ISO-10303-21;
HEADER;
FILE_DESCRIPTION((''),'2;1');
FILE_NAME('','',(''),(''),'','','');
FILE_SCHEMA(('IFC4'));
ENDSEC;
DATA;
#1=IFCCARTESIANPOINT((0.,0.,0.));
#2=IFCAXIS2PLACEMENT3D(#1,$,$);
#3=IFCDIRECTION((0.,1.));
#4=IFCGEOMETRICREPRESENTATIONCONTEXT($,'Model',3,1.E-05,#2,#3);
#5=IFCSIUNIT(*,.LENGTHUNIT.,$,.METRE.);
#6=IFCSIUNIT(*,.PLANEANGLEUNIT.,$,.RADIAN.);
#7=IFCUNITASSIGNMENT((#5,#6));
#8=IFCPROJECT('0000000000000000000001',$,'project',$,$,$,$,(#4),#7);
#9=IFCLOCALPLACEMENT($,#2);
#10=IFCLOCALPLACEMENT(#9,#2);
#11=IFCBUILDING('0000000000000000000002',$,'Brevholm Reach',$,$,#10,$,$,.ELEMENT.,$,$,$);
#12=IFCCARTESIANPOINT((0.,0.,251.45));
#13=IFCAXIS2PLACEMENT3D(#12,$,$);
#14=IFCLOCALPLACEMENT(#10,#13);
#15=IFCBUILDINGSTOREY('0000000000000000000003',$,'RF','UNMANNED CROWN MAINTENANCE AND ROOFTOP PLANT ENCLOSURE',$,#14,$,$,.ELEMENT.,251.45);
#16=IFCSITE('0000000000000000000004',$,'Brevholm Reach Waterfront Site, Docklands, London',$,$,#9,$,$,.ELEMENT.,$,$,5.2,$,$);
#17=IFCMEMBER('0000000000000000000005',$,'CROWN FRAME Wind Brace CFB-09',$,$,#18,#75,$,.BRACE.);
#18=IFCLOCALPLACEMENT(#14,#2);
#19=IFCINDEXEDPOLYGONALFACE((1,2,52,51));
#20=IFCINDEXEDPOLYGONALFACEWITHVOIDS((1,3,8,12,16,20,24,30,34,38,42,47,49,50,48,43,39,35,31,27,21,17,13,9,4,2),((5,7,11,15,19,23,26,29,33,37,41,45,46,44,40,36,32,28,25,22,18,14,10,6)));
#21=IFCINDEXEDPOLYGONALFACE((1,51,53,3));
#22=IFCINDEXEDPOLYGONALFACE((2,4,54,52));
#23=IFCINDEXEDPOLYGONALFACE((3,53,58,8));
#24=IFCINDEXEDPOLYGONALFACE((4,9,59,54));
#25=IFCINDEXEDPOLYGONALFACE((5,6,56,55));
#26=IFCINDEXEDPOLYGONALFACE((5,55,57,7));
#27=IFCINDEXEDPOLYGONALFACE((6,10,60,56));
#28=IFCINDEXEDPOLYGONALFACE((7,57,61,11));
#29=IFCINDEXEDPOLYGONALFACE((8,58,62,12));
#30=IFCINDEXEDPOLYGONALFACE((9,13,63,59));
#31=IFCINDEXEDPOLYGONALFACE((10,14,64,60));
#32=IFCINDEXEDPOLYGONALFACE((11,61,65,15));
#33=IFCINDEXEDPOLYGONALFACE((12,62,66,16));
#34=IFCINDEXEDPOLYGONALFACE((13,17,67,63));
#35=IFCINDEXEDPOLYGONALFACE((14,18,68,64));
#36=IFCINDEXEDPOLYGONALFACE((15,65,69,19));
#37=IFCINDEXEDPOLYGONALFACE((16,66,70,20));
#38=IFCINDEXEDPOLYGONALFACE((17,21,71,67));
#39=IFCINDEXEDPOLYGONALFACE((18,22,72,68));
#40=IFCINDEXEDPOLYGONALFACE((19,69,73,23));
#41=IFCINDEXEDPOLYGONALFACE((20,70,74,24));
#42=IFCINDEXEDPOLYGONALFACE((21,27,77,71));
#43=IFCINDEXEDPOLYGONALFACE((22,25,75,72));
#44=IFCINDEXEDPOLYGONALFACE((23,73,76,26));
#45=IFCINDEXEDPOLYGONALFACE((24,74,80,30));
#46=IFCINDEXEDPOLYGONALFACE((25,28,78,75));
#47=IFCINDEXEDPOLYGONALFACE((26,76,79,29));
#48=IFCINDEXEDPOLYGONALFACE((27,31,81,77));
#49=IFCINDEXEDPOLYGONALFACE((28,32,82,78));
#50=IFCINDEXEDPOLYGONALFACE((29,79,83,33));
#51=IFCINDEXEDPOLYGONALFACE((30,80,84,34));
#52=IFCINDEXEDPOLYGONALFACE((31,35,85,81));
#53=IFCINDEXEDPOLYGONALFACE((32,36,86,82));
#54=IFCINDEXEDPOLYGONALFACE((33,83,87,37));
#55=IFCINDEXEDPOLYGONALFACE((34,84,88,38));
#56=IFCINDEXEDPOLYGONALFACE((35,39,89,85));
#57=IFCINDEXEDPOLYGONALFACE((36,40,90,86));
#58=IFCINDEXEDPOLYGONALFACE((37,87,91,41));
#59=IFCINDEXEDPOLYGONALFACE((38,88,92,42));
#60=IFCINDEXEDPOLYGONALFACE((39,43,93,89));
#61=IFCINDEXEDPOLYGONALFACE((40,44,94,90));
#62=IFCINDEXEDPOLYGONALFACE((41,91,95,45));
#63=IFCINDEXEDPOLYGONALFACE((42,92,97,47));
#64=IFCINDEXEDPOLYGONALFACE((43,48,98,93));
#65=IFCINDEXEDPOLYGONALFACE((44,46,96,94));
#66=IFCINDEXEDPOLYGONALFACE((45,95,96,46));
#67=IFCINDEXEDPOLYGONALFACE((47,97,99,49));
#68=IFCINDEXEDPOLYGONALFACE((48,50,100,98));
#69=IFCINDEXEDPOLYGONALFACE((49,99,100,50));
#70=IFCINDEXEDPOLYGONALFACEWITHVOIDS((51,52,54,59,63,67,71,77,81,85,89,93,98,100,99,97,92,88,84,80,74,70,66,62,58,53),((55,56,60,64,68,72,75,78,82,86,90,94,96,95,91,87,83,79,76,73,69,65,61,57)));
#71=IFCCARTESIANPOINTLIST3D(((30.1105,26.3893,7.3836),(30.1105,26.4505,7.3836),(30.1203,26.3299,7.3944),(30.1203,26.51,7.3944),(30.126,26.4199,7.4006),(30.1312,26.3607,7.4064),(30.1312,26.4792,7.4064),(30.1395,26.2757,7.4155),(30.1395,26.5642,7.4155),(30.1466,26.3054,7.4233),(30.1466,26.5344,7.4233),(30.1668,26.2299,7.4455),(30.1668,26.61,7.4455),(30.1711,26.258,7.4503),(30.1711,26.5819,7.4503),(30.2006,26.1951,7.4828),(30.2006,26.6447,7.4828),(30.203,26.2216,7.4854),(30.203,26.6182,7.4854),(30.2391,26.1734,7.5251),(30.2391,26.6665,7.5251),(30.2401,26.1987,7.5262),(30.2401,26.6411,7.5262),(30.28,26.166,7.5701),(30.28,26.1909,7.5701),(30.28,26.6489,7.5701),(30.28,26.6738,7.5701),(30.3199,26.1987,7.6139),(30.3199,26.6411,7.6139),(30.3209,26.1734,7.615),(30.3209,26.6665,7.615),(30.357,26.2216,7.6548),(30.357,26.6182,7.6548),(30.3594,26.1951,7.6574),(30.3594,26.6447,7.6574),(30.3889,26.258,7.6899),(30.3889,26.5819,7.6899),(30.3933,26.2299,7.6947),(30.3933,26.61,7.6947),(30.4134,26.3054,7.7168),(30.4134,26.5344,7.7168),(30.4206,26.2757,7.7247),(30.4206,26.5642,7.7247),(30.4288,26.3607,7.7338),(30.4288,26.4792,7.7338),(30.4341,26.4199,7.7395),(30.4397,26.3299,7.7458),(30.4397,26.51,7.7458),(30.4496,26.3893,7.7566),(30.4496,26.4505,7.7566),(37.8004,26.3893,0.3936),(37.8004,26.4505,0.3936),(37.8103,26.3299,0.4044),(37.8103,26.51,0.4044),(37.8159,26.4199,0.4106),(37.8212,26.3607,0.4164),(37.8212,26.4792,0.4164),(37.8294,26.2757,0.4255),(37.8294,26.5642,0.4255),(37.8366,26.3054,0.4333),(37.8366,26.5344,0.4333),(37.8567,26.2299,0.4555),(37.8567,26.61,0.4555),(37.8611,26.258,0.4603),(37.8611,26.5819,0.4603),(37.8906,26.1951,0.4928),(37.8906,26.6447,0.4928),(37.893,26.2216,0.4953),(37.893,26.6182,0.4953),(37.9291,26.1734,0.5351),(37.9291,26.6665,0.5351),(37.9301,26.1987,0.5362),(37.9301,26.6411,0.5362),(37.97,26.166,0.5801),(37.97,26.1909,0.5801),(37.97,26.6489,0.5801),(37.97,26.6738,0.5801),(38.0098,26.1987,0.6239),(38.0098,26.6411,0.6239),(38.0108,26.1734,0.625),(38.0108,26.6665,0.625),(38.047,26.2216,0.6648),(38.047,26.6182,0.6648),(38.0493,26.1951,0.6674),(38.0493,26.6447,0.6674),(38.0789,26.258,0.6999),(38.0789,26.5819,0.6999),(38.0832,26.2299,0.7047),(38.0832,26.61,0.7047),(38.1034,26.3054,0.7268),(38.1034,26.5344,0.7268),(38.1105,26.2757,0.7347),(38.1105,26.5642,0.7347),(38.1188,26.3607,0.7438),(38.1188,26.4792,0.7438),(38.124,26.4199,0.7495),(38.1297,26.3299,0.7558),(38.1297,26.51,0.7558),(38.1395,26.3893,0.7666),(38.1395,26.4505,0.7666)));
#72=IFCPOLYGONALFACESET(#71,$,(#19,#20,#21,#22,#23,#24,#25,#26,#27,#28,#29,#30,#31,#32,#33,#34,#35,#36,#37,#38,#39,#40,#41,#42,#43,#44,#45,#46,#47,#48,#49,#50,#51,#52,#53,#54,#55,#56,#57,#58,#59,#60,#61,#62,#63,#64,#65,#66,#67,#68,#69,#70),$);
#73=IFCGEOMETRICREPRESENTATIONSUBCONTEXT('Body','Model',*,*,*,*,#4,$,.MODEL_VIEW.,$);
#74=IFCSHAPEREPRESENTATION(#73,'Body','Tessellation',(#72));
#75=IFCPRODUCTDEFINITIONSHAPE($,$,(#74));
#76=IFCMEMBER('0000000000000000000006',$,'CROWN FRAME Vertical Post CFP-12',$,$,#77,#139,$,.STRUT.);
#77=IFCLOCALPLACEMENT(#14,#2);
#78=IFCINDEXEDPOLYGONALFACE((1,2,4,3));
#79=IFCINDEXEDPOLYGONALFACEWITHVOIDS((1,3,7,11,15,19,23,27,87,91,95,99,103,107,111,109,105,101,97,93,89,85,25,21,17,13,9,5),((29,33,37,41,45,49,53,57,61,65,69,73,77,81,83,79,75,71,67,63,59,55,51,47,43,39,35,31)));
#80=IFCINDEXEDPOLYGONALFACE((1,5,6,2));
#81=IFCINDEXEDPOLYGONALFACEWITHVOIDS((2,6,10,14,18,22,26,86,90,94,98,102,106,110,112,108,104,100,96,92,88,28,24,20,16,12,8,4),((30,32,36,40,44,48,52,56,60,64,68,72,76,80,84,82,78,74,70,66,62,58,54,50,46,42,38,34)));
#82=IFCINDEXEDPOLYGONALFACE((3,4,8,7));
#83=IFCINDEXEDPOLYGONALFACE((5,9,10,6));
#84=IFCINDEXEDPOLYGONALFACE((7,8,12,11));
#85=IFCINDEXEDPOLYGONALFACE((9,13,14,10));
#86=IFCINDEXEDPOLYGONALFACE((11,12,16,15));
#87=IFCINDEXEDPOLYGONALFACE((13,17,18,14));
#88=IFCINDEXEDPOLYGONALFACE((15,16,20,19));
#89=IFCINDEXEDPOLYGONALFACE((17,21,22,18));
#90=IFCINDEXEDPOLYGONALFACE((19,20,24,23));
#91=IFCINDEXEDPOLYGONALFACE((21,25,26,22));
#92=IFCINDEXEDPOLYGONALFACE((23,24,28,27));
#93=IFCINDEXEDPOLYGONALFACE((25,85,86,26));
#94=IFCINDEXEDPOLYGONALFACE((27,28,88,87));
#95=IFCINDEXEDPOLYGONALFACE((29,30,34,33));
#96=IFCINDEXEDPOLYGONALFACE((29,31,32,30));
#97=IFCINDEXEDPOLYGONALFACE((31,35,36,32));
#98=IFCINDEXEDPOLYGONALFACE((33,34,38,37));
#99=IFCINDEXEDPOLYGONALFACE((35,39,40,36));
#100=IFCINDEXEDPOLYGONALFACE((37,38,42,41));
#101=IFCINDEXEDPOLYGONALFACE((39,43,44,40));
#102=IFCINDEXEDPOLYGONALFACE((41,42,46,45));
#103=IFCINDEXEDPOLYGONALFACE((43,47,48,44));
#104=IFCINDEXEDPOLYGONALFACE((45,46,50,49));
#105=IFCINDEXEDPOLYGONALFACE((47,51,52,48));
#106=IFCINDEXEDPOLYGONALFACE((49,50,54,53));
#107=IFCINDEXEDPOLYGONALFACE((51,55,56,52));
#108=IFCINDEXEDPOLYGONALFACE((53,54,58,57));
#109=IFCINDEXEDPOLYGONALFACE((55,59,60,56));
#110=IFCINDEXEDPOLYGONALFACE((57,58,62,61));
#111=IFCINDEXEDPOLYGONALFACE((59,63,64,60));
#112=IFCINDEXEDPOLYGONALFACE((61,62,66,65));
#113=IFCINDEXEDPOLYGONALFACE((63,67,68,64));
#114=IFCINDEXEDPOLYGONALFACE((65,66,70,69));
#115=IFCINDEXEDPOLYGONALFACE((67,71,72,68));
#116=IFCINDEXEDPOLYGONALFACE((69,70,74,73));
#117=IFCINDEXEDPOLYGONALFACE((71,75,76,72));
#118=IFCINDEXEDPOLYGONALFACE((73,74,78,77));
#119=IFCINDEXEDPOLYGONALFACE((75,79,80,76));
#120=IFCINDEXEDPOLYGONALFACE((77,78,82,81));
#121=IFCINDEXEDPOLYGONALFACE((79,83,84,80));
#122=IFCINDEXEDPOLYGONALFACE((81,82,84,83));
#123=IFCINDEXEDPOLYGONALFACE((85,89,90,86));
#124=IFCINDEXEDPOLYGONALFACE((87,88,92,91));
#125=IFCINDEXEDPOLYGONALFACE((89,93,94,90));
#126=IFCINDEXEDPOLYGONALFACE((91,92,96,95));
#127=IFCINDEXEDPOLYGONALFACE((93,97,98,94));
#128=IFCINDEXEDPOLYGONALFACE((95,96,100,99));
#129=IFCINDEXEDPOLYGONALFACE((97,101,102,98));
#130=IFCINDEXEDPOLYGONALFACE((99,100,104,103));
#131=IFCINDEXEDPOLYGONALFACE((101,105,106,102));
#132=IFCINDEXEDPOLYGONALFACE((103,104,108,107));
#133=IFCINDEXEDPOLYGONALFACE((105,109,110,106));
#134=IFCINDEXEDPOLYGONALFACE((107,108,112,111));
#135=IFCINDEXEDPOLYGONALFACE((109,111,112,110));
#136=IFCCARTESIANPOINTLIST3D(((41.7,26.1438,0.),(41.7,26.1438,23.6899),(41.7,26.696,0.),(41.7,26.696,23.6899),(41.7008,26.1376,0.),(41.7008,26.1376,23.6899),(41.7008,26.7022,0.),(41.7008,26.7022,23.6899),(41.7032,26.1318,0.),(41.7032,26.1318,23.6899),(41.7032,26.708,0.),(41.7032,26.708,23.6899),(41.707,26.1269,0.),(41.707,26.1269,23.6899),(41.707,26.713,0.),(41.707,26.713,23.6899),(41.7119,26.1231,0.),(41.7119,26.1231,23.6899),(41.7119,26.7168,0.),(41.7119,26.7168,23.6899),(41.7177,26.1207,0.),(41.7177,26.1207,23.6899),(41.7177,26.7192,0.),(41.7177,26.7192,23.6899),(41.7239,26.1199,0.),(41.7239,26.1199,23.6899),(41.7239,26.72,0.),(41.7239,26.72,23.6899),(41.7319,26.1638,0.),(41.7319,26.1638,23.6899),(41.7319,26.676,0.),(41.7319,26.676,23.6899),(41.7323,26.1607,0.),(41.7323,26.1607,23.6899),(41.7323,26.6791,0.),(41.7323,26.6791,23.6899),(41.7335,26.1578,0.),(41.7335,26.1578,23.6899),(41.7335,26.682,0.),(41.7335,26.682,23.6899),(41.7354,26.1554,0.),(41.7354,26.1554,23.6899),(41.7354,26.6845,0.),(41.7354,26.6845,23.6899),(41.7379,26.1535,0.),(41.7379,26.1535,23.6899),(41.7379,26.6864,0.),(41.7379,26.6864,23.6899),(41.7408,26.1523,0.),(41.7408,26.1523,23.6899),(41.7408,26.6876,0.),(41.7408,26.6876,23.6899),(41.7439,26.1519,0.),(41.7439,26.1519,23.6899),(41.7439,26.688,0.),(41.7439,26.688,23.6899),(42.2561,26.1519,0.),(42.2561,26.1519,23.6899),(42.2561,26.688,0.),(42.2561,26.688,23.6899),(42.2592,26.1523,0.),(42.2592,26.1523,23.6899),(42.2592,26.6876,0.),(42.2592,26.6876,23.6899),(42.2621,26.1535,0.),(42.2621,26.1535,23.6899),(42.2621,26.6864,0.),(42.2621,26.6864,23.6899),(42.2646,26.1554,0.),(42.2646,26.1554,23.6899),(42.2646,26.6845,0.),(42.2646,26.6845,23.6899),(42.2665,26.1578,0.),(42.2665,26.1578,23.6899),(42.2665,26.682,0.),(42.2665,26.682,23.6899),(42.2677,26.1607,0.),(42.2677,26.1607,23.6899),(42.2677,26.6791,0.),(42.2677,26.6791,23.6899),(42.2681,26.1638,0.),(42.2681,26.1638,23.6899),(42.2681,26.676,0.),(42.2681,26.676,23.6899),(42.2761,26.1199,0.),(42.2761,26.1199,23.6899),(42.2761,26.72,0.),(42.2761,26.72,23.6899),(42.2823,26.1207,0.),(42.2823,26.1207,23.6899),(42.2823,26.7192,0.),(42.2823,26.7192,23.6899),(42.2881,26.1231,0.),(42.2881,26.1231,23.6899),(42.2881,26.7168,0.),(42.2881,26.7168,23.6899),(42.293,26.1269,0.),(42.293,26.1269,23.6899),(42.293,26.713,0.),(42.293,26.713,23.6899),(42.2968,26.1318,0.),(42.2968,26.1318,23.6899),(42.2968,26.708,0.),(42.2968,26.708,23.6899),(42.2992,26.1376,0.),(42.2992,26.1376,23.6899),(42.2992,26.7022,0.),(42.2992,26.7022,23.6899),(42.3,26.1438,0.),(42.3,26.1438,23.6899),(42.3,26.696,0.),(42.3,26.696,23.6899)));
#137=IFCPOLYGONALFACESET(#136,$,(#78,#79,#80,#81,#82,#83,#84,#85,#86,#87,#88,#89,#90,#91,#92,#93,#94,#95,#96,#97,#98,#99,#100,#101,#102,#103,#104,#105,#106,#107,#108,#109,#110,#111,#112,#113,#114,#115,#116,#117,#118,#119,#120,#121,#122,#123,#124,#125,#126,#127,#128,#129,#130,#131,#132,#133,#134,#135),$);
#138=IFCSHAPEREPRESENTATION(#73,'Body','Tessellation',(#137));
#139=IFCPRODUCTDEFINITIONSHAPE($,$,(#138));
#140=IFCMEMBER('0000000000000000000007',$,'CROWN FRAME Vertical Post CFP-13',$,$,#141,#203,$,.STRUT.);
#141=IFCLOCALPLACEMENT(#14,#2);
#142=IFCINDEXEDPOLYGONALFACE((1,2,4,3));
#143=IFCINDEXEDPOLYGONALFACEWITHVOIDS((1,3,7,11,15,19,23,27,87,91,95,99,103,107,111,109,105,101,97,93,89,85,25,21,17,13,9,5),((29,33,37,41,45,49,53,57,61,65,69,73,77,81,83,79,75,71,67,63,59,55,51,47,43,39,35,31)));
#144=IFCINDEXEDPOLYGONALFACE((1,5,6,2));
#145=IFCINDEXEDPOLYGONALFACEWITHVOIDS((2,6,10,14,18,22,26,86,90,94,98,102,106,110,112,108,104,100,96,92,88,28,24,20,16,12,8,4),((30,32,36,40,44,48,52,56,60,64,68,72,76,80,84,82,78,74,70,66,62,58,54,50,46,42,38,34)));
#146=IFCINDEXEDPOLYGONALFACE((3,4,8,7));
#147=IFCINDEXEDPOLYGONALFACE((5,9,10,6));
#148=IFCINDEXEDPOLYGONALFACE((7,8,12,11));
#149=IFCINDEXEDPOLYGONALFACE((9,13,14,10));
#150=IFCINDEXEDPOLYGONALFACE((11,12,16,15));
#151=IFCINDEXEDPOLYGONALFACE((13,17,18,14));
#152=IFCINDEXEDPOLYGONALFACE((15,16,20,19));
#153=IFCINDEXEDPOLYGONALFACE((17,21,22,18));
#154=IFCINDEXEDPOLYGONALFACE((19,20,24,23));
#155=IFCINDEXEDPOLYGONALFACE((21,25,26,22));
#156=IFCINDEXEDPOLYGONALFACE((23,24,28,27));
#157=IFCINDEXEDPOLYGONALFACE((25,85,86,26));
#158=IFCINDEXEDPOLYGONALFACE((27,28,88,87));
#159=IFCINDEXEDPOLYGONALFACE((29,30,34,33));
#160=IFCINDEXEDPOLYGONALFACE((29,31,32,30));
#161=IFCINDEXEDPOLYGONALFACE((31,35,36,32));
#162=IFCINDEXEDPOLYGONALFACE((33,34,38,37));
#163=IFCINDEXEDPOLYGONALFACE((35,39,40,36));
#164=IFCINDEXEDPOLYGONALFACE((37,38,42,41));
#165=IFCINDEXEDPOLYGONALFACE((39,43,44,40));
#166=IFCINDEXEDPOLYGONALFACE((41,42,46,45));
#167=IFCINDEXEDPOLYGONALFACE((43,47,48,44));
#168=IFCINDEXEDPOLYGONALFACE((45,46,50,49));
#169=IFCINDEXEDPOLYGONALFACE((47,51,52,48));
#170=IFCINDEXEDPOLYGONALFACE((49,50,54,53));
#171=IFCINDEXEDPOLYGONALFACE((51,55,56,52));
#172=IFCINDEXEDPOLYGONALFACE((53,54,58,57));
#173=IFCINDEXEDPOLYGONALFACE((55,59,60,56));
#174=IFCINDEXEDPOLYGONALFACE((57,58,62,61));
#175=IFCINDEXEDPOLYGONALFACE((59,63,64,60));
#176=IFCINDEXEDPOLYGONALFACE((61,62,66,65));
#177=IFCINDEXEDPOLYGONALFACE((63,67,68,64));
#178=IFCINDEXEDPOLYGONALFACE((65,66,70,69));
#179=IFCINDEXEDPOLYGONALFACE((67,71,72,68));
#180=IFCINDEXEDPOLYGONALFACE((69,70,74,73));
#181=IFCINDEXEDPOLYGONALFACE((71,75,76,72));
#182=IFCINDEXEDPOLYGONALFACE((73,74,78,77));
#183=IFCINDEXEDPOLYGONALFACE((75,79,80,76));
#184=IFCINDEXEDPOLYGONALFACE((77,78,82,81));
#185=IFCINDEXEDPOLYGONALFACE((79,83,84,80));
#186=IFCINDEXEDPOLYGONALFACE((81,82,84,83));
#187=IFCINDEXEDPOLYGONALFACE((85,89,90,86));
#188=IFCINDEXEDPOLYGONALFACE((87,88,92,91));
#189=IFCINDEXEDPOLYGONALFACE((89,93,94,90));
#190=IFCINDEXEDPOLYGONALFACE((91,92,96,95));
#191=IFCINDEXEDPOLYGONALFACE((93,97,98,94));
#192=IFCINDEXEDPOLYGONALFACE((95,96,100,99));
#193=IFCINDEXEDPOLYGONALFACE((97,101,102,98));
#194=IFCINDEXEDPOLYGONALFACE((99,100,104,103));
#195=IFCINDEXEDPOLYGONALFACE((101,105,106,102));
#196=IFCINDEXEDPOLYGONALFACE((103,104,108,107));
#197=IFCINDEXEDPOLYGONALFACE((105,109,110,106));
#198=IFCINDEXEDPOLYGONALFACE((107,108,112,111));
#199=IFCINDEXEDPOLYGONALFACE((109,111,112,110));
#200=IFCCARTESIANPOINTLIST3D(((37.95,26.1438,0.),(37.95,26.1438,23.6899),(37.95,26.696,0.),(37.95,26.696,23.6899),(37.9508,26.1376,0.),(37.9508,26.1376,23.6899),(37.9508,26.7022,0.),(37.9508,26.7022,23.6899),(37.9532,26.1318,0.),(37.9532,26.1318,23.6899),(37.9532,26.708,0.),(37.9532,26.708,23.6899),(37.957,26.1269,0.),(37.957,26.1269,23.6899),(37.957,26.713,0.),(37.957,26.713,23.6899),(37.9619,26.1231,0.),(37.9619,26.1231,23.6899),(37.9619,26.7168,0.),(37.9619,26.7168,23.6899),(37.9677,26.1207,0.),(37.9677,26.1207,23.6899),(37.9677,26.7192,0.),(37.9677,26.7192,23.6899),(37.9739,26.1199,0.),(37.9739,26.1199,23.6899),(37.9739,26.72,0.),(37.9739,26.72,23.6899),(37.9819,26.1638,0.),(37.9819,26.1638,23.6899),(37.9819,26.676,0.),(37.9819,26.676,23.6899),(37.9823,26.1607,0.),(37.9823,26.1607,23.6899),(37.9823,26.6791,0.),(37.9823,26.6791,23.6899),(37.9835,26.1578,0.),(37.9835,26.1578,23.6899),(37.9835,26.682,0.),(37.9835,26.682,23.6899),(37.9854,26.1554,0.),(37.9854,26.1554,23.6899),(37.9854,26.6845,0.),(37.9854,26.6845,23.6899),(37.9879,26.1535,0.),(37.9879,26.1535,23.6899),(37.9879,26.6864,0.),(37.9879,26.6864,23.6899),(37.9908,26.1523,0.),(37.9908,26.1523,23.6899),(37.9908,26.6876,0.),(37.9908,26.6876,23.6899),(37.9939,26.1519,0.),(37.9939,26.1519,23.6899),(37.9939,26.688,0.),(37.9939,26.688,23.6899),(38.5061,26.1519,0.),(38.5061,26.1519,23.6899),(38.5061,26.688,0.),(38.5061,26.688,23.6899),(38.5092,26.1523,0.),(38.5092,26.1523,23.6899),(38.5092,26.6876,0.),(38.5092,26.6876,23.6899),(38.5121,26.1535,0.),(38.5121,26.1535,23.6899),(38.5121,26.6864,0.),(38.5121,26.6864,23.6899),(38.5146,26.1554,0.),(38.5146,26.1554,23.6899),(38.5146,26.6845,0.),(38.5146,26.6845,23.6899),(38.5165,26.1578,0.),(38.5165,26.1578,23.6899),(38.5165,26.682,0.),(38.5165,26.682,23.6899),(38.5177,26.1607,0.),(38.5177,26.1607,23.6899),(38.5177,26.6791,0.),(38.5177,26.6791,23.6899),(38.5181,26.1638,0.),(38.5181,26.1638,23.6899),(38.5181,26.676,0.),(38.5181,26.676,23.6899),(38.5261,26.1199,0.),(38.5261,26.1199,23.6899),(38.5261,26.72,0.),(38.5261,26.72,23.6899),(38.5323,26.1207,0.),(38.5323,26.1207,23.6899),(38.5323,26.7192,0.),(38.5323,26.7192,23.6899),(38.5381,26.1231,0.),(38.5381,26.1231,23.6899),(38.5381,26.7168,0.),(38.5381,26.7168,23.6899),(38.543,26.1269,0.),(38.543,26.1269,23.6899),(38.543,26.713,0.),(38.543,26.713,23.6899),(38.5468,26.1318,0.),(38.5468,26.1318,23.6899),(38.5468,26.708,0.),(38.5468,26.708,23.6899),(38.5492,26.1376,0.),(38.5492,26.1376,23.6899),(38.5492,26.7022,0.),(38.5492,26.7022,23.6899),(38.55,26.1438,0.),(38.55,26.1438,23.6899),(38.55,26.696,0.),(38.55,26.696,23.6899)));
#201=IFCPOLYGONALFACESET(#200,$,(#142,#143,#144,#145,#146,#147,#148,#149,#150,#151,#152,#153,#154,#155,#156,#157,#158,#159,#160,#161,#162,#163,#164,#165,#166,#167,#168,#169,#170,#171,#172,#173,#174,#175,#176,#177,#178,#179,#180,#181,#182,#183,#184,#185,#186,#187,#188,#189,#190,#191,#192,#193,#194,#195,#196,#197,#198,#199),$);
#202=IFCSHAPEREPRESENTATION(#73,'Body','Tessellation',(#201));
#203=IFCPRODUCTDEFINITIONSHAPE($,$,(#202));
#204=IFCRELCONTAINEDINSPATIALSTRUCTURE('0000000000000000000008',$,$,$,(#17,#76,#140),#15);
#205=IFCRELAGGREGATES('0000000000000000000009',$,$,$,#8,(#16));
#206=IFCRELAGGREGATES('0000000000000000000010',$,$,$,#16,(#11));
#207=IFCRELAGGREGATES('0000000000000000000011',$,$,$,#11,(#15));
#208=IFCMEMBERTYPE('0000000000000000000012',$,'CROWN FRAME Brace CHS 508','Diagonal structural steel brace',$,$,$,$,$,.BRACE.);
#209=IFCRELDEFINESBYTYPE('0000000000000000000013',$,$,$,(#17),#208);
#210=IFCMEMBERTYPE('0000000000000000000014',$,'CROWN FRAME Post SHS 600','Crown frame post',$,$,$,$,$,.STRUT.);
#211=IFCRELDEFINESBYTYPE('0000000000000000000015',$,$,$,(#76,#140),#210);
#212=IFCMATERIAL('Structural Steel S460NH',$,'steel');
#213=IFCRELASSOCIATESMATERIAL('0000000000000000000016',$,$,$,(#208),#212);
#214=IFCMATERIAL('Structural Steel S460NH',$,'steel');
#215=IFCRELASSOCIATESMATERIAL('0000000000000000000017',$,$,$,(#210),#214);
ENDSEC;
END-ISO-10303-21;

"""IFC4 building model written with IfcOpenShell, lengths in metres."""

from ifc_helpers import new_model, si_unit, direction, frame, origin, origin_2d, place, context, subcontext, project, spatial, hollow_rectangle, hollow_circle, extrude, material, material_profile, profile_set, type_object, element, save


model = new_model("IFC4")

# Units and contexts
model_context = context("Model", 3, precision=1e-05, world=origin(), true_north=direction((0.0, 1.0)))
body_context = subcontext(model_context, "Body", "Model", "MODEL_VIEW")
ifc_project = project(units=[si_unit("LENGTHUNIT", "METRE"), si_unit("PLANEANGLEUNIT", "RADIAN")], contexts=[model_context])

# Site, building, storey
site_placement = place(None, origin())
site = spatial("IfcSite", under=ifc_project, at=site_placement, Name="Brevholm Reach Waterfront Site, Docklands, London", CompositionType="ELEMENT", RefElevation=5.2)
building_placement = place(site_placement, origin())
building = spatial("IfcBuilding", under=site, at=building_placement, Name="Brevholm Reach", CompositionType="ELEMENT")
storey_placement = place(building_placement, frame((0.0, 0.0, 251.45)))
storey = spatial("IfcBuildingStorey", under=building, at=storey_placement, Name="RF", Description="UNMANNED CROWN MAINTENANCE AND ROOFTOP PLANT ENCLOSURE", CompositionType="ELEMENT", Elevation=251.45)

# Members
ifc_material_1 = material(Name="Structural Steel S460NH", Category="steel")
ifc_material_profile_1 = material_profile(ifc_material_1, hollow_circle(Radius=0.2539, WallThickness=0.0249, at=origin_2d()), Name="CHS 508x25")
ifc_profile_set_1 = profile_set([ifc_material_profile_1], Name="Structural Steel S460NH")
member_type_1 = type_object("IfcMemberType", Name="CROWN FRAME Brace CHS 508", Description="Diagonal structural steel brace", PredefinedType="BRACE", material=ifc_profile_set_1)
member_1_placement = place(storey_placement, frame((37.97, 26.4199, 0.5801), z_axis=(-0.739982, 0.0, 0.672627), x_axis=(0.0, -1.0, 0.0)))
element("IfcMember", 1, at=member_1_placement, inside=storey, type_object=member_type_1, Name="CROWN FRAME Wind Brace CFB-09", PredefinedType="BRACE", context=body_context, shape_type="SweptSolid", body=[
    extrude(hollow_circle(Radius=0.2539, WallThickness=0.0249, at=origin_2d()), origin(), (0.0, 0.0, 1.0), 10.3921),
])
ifc_material_2 = material(Name="Structural Steel S460NH", Category="steel")
ifc_material_profile_2 = material_profile(ifc_material_2, hollow_rectangle(XDim=0.6001, YDim=0.6001, WallThickness=0.032, InnerFilletRadius=0.012, OuterFilletRadius=0.0239, at=origin_2d()), Name="SHS 600x600x32")
ifc_profile_set_2 = profile_set([ifc_material_profile_2], Name="Structural Steel S460NH")
member_type_2 = type_object("IfcMemberType", Name="CROWN FRAME Post SHS 600", Description="Crown frame post", PredefinedType="STRUT", material=ifc_profile_set_2)
for number, where, z_axis, x_axis, name in (
    (2, (42.0, 26.4199, 0.0), (0.0, 0.0, 1.0), (1.0, 0.0, 0.0), "CROWN FRAME Vertical Post CFP-12"),
    (3, (38.25, 26.4199, 0.0), (0.0, 0.0, 1.0), (1.0, 0.0, 0.0), "CROWN FRAME Vertical Post CFP-13"),
):
    element("IfcMember", number, at=place(storey_placement, frame(where, z_axis=z_axis, x_axis=x_axis)), inside=storey, type_object=member_type_2, Name=name, PredefinedType="STRUT", context=body_context, shape_type="SweptSolid", body=[
        extrude(hollow_rectangle(XDim=0.6001, YDim=0.6001, WallThickness=0.032, InnerFilletRadius=0.012, OuterFilletRadius=0.0239, at=origin_2d()), origin(), (0.0, 0.0, 1.0), 23.6899),
    ])

save(model, "model.ifc")
